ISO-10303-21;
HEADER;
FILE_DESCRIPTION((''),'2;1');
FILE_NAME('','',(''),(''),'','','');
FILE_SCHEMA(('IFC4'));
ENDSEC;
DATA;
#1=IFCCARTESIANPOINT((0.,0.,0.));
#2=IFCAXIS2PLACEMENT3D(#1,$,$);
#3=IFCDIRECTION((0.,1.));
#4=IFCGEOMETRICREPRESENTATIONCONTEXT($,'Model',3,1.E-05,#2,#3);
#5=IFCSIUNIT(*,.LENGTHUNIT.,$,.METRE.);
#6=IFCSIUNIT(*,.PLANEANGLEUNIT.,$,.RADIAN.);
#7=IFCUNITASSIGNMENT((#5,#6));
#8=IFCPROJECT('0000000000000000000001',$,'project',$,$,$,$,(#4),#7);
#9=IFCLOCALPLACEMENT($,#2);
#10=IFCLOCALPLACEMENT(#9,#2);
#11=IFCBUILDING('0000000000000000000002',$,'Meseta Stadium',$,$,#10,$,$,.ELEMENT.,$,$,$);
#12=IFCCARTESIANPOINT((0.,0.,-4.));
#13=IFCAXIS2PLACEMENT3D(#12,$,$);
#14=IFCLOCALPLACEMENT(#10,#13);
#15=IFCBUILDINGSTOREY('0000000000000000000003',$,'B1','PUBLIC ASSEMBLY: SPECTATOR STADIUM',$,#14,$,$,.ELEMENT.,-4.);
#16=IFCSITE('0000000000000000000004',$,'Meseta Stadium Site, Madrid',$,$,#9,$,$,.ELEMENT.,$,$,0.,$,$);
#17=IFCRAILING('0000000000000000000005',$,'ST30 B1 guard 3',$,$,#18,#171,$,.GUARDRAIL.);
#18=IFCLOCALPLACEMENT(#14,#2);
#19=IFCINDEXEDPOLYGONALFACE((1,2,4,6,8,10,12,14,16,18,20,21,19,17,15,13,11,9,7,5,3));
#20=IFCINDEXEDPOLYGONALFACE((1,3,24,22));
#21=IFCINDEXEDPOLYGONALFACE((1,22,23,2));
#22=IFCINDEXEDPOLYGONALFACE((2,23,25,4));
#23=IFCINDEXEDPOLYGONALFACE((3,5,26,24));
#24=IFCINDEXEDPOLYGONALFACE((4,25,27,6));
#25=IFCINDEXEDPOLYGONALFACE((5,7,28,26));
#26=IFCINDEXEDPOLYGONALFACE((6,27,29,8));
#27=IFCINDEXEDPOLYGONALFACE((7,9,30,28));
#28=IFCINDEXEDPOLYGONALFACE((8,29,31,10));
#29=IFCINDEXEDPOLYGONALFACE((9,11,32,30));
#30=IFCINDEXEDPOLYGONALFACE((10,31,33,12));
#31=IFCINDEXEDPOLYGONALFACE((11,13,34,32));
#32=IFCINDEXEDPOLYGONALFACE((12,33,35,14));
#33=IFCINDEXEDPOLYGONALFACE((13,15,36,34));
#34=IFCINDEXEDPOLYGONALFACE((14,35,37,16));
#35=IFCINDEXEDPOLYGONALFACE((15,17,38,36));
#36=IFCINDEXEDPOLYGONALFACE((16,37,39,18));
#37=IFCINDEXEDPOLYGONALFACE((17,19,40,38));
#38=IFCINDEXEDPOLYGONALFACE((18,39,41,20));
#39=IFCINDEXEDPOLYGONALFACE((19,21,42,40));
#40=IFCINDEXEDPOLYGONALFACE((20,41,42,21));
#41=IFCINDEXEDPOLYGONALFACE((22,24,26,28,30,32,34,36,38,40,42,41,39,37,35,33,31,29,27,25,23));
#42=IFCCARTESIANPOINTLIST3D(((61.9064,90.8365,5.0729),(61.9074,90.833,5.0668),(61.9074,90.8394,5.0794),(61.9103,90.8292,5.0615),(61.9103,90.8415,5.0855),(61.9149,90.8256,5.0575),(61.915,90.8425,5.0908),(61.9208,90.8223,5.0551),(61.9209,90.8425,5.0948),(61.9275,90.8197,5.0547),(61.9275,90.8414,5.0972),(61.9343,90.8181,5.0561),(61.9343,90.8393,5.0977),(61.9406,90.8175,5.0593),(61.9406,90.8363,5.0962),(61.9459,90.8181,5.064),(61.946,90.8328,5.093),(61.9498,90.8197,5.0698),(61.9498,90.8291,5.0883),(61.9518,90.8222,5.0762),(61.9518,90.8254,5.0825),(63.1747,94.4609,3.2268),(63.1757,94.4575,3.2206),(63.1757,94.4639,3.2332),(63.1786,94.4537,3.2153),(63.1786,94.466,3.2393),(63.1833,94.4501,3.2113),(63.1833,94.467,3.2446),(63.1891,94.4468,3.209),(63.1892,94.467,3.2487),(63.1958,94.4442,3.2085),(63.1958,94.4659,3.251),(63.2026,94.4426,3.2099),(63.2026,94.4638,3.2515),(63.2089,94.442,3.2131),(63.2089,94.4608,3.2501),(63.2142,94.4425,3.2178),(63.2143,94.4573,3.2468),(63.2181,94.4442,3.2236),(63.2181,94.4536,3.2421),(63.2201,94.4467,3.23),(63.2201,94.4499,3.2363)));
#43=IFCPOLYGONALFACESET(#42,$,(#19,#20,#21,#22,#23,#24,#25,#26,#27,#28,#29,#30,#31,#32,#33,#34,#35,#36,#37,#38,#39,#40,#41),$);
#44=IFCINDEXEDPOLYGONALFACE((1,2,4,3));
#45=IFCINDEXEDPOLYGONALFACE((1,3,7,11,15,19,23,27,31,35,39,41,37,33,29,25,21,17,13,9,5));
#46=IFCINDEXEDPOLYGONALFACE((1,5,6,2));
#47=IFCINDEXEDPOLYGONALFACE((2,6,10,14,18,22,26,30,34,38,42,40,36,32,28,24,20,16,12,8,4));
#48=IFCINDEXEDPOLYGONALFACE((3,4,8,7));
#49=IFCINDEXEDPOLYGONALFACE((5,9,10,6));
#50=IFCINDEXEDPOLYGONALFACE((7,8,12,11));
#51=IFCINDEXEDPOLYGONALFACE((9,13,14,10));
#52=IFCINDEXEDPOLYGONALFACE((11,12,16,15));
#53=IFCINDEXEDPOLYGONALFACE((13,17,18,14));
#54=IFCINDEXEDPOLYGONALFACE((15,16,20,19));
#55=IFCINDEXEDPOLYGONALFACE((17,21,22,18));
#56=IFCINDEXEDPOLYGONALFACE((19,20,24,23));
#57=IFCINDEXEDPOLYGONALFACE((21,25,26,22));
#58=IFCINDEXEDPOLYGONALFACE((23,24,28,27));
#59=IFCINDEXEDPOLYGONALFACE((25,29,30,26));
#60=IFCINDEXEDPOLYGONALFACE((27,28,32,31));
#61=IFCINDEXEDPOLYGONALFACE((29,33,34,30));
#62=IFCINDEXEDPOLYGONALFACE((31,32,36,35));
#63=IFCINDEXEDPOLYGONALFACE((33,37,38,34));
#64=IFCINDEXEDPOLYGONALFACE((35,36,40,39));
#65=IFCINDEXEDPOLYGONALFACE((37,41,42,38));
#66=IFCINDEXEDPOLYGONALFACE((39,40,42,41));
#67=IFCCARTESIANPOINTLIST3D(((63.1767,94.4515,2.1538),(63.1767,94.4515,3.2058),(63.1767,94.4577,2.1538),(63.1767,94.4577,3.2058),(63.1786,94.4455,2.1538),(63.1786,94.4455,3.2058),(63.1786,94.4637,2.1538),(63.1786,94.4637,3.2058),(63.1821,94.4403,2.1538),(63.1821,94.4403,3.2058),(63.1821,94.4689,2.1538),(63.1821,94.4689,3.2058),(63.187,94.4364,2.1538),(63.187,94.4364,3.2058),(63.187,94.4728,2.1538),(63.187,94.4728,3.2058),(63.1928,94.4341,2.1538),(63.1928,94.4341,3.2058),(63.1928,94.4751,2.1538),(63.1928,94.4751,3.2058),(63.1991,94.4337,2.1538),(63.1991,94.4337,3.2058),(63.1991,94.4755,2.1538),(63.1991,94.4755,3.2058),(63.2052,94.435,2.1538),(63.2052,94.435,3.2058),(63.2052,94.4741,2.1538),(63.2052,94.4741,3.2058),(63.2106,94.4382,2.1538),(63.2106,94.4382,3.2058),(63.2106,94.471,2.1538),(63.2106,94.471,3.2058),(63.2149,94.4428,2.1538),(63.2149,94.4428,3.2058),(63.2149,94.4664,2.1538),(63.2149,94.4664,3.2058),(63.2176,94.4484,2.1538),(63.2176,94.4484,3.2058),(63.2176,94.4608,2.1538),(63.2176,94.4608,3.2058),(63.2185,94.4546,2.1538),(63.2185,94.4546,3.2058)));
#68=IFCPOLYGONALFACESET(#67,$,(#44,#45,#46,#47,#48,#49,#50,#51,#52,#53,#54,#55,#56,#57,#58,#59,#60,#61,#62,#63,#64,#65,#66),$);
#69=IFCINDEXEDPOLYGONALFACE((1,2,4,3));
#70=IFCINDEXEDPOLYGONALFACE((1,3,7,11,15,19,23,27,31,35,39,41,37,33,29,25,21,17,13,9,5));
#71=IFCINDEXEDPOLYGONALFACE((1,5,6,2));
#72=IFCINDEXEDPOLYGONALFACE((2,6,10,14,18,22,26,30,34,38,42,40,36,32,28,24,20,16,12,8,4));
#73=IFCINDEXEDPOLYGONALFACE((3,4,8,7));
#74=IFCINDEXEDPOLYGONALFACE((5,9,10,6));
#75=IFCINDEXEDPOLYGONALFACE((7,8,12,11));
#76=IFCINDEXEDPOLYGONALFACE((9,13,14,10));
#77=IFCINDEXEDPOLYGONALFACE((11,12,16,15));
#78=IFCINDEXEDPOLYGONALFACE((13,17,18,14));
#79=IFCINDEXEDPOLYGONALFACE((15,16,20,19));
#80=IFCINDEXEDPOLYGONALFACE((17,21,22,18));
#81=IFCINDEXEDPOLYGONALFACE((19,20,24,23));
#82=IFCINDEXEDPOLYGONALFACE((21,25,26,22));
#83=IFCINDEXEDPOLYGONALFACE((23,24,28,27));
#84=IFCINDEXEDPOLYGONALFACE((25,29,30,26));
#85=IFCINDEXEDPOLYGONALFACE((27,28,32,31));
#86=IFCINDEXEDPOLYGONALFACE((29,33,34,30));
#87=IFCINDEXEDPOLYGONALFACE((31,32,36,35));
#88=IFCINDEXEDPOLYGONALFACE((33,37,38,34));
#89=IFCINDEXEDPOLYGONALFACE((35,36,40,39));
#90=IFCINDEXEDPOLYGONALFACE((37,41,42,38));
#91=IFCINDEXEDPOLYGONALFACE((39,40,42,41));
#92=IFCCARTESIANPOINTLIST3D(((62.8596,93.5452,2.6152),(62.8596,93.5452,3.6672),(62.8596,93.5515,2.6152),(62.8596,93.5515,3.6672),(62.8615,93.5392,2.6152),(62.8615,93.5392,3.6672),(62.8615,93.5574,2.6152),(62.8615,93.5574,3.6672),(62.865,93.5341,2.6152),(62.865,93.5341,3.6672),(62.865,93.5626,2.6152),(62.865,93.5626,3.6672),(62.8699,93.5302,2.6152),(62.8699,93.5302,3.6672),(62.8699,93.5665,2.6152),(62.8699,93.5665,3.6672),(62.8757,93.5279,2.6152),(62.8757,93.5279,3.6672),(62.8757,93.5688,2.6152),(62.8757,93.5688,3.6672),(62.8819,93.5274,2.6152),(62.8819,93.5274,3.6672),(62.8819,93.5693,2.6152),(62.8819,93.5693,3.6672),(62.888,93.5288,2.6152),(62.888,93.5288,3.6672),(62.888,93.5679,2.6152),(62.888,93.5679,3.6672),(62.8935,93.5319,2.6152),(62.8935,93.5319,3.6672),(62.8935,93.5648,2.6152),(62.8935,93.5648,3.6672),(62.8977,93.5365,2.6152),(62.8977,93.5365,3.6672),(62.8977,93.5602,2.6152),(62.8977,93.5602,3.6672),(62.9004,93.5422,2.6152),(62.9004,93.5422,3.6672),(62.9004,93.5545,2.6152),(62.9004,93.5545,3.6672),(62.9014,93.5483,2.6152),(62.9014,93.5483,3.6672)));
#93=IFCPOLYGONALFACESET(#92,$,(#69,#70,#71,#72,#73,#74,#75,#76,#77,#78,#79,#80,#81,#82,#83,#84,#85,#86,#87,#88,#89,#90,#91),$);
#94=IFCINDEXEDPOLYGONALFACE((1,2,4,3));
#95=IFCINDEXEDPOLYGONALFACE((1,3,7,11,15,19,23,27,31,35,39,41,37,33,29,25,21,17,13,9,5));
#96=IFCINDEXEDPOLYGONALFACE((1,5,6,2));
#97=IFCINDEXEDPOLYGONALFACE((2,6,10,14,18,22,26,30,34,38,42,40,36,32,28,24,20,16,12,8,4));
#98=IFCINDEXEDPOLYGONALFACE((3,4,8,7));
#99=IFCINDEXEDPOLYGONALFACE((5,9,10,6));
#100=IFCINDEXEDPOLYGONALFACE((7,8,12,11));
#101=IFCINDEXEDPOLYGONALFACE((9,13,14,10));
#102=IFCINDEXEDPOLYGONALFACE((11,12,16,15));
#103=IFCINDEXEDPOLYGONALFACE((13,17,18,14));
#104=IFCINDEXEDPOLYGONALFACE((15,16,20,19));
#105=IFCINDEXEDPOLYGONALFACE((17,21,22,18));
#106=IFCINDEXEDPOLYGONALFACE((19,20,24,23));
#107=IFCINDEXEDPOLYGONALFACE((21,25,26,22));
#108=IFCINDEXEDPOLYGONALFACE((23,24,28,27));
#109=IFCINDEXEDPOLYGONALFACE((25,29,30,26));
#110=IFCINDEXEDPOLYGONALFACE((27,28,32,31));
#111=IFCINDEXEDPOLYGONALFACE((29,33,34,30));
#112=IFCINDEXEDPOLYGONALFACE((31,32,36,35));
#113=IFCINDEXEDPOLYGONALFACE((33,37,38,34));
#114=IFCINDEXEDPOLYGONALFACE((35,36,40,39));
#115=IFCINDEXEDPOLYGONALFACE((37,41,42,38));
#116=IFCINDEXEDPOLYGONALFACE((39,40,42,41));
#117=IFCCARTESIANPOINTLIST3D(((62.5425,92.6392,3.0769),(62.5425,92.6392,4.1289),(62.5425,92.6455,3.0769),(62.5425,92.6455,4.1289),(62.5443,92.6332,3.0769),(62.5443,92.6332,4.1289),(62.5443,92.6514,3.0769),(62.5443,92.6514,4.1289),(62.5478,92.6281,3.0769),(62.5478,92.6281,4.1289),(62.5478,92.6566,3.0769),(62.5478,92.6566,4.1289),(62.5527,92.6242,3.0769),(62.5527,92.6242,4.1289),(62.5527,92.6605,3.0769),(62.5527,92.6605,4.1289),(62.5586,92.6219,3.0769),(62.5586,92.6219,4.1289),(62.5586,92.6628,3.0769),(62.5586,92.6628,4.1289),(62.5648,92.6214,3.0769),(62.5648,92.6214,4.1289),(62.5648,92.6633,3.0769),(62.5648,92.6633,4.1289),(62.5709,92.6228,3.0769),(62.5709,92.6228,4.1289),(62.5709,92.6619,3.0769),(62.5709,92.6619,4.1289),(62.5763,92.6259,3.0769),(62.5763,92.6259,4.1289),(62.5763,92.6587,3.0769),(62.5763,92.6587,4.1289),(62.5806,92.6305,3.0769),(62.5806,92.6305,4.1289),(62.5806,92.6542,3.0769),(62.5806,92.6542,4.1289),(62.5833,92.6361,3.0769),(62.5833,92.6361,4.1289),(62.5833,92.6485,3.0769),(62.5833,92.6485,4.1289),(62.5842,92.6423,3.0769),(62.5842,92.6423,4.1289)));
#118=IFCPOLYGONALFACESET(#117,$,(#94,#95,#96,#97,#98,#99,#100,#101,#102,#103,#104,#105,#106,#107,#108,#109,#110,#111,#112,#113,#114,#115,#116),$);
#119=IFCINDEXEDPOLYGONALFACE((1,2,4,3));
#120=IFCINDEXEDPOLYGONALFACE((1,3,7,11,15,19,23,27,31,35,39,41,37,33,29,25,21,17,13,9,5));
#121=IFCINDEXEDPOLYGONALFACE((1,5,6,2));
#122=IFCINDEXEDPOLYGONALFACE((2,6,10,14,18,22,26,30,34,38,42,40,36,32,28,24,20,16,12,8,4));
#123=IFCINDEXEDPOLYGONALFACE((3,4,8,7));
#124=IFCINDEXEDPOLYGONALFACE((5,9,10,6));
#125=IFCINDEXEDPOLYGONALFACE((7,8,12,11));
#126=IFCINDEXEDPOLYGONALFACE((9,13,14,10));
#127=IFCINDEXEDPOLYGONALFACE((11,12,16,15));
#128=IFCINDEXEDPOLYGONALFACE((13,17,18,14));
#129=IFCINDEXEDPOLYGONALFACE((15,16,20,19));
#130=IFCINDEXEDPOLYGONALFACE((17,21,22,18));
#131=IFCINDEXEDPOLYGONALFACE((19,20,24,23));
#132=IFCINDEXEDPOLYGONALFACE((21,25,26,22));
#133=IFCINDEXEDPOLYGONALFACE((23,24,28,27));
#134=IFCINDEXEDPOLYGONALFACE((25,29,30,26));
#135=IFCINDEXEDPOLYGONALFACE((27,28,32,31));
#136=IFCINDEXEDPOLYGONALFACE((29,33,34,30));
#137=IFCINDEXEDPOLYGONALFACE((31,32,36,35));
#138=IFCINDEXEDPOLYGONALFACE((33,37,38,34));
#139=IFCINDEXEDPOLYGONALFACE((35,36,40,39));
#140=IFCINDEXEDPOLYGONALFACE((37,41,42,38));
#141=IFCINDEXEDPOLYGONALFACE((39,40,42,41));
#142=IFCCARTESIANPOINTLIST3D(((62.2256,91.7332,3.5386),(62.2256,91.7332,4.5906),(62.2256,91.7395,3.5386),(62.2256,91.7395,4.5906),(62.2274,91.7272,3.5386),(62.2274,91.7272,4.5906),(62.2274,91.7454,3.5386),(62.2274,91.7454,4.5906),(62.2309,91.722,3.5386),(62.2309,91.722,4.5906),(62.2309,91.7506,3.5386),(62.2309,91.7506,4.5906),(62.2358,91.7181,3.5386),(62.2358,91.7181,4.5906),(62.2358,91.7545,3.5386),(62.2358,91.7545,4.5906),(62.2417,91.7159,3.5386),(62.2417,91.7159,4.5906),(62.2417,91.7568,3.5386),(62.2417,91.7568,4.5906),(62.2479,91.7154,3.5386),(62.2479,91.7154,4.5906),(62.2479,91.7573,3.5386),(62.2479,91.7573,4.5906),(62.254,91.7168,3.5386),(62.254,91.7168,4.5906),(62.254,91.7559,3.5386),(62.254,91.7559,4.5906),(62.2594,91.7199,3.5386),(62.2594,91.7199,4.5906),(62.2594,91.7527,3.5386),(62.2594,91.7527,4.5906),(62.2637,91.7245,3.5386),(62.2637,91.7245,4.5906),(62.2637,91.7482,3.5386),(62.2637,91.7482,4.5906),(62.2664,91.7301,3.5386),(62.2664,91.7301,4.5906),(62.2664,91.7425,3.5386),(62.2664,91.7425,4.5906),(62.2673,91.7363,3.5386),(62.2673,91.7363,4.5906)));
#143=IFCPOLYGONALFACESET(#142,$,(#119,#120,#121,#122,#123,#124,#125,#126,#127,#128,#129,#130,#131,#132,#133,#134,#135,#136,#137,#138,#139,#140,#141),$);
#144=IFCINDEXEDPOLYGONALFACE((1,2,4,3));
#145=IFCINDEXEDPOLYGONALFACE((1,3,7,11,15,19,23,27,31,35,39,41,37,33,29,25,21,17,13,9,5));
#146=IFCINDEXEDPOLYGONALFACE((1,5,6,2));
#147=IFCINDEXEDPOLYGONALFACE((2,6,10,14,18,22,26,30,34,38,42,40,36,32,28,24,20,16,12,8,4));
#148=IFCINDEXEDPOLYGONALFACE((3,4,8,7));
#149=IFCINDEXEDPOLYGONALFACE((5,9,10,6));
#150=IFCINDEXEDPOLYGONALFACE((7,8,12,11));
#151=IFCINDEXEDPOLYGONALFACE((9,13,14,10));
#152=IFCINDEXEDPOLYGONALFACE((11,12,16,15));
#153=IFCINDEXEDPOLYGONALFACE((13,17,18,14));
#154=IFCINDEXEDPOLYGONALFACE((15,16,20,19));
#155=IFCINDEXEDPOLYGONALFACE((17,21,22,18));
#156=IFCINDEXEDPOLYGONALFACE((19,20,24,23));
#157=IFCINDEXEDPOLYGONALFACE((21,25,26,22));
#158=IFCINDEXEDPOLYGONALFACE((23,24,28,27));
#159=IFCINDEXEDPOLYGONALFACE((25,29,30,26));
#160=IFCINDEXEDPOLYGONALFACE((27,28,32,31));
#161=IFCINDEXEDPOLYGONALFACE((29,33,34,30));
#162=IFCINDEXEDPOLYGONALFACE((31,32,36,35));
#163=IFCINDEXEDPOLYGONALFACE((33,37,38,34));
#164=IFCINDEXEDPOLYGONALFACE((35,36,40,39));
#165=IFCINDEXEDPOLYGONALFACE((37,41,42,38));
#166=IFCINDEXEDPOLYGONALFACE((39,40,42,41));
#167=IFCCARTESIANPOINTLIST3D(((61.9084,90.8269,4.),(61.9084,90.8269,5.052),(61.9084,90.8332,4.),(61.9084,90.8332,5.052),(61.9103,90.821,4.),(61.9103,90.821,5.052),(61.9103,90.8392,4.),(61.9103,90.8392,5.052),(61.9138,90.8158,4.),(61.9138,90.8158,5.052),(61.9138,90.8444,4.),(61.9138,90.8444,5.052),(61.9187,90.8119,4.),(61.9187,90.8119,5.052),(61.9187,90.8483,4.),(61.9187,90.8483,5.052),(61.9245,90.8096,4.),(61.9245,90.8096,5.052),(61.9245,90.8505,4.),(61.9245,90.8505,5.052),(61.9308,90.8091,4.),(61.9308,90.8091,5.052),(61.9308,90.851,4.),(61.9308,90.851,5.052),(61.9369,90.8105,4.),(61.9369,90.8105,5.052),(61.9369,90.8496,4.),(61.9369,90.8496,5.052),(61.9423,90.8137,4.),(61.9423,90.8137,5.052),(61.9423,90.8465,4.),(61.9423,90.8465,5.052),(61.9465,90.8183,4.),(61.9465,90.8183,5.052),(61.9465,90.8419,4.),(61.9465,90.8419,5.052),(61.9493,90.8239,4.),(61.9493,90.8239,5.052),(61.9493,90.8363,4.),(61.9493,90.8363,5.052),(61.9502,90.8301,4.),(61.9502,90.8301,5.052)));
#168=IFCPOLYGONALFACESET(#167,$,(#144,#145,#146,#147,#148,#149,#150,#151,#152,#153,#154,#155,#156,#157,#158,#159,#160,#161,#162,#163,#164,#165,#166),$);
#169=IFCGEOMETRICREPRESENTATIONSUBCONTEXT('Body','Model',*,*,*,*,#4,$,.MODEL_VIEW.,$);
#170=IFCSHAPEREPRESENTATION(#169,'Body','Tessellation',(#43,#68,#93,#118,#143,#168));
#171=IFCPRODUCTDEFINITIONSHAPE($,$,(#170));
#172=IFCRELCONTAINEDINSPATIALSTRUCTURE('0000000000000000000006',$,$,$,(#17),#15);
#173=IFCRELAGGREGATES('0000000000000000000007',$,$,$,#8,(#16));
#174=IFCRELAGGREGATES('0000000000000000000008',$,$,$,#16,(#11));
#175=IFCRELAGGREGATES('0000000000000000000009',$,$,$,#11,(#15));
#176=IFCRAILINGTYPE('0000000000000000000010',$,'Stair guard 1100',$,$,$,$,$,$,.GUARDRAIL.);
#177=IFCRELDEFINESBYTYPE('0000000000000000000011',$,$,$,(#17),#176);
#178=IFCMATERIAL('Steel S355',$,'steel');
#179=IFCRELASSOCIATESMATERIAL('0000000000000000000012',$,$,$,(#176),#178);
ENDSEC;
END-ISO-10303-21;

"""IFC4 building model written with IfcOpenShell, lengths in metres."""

from ifc_helpers import new_model, si_unit, direction, frame, origin, origin_2d, place, context, subcontext, project, spatial, circle, extrude, material, type_object, element, save


model = new_model("IFC4")

# Units and contexts
model_context = context("Model", 3, precision=1e-05, world=origin(), true_north=direction((0.0, 1.0)))
body_context = subcontext(model_context, "Body", "Model", "MODEL_VIEW")
ifc_project = project(units=[si_unit("LENGTHUNIT", "METRE"), si_unit("PLANEANGLEUNIT", "RADIAN")], contexts=[model_context])

# Site, building, storey
site_placement = place(None, origin())
site = spatial("IfcSite", under=ifc_project, at=site_placement, Name="Meseta Stadium Site, Madrid", CompositionType="ELEMENT", RefElevation=0.0)
building_placement = place(site_placement, origin())
building = spatial("IfcBuilding", under=site, at=building_placement, Name="Meseta Stadium", CompositionType="ELEMENT")
storey_placement = place(building_placement, frame((0.0, 0.0, -4.0)))
storey = spatial("IfcBuildingStorey", under=building, at=storey_placement, Name="B1", Description="PUBLIC ASSEMBLY: SPECTATOR STADIUM", CompositionType="ELEMENT", Elevation=-4.0)

# Railing
ifc_material_1 = material(Name="Steel S355", Category="steel")
railing_type_1 = type_object("IfcRailingType", Name="Stair guard 1100", PredefinedType="GUARDRAIL", material=ifc_material_1)
railing_1_placement = place(storey_placement, frame((63.1975, 94.4546, 2.1538)))
element("IfcRailing", 1, at=railing_1_placement, inside=storey, type_object=railing_type_1, Name="ST30 B1 guard 3", PredefinedType="GUARDRAIL", context=body_context, shape_type="SweptSolid", body=[
    extrude(circle(Radius=0.0239, at=origin_2d()), frame((0.0, 0.0, 1.0762), z_axis=(-0.297672, -0.850672, 0.4333), x_axis=(0.94388, -0.330288, 0.0)), (0.0, 0.0, 1.0), 4.2607),
    extrude(circle(Radius=0.021, at=origin_2d()), origin(), (0.0, 0.0, 1.0), 1.052),
    extrude(circle(Radius=0.021, at=origin_2d()), frame((-0.3171, -0.9062, 0.4614)), (0.0, 0.0, 1.0), 1.052),
    extrude(circle(Radius=0.021, at=origin_2d()), frame((-0.6343, -1.8123, 0.9231)), (0.0, 0.0, 1.0), 1.052),
    extrude(circle(Radius=0.021, at=origin_2d()), frame((-0.9512, -2.7183, 1.3848)), (0.0, 0.0, 1.0), 1.052),
    extrude(circle(Radius=0.021, at=origin_2d()), frame((-1.2683, -3.6245, 1.8462)), (0.0, 0.0, 1.0), 1.052),
])

save(model, "model.ifc")
